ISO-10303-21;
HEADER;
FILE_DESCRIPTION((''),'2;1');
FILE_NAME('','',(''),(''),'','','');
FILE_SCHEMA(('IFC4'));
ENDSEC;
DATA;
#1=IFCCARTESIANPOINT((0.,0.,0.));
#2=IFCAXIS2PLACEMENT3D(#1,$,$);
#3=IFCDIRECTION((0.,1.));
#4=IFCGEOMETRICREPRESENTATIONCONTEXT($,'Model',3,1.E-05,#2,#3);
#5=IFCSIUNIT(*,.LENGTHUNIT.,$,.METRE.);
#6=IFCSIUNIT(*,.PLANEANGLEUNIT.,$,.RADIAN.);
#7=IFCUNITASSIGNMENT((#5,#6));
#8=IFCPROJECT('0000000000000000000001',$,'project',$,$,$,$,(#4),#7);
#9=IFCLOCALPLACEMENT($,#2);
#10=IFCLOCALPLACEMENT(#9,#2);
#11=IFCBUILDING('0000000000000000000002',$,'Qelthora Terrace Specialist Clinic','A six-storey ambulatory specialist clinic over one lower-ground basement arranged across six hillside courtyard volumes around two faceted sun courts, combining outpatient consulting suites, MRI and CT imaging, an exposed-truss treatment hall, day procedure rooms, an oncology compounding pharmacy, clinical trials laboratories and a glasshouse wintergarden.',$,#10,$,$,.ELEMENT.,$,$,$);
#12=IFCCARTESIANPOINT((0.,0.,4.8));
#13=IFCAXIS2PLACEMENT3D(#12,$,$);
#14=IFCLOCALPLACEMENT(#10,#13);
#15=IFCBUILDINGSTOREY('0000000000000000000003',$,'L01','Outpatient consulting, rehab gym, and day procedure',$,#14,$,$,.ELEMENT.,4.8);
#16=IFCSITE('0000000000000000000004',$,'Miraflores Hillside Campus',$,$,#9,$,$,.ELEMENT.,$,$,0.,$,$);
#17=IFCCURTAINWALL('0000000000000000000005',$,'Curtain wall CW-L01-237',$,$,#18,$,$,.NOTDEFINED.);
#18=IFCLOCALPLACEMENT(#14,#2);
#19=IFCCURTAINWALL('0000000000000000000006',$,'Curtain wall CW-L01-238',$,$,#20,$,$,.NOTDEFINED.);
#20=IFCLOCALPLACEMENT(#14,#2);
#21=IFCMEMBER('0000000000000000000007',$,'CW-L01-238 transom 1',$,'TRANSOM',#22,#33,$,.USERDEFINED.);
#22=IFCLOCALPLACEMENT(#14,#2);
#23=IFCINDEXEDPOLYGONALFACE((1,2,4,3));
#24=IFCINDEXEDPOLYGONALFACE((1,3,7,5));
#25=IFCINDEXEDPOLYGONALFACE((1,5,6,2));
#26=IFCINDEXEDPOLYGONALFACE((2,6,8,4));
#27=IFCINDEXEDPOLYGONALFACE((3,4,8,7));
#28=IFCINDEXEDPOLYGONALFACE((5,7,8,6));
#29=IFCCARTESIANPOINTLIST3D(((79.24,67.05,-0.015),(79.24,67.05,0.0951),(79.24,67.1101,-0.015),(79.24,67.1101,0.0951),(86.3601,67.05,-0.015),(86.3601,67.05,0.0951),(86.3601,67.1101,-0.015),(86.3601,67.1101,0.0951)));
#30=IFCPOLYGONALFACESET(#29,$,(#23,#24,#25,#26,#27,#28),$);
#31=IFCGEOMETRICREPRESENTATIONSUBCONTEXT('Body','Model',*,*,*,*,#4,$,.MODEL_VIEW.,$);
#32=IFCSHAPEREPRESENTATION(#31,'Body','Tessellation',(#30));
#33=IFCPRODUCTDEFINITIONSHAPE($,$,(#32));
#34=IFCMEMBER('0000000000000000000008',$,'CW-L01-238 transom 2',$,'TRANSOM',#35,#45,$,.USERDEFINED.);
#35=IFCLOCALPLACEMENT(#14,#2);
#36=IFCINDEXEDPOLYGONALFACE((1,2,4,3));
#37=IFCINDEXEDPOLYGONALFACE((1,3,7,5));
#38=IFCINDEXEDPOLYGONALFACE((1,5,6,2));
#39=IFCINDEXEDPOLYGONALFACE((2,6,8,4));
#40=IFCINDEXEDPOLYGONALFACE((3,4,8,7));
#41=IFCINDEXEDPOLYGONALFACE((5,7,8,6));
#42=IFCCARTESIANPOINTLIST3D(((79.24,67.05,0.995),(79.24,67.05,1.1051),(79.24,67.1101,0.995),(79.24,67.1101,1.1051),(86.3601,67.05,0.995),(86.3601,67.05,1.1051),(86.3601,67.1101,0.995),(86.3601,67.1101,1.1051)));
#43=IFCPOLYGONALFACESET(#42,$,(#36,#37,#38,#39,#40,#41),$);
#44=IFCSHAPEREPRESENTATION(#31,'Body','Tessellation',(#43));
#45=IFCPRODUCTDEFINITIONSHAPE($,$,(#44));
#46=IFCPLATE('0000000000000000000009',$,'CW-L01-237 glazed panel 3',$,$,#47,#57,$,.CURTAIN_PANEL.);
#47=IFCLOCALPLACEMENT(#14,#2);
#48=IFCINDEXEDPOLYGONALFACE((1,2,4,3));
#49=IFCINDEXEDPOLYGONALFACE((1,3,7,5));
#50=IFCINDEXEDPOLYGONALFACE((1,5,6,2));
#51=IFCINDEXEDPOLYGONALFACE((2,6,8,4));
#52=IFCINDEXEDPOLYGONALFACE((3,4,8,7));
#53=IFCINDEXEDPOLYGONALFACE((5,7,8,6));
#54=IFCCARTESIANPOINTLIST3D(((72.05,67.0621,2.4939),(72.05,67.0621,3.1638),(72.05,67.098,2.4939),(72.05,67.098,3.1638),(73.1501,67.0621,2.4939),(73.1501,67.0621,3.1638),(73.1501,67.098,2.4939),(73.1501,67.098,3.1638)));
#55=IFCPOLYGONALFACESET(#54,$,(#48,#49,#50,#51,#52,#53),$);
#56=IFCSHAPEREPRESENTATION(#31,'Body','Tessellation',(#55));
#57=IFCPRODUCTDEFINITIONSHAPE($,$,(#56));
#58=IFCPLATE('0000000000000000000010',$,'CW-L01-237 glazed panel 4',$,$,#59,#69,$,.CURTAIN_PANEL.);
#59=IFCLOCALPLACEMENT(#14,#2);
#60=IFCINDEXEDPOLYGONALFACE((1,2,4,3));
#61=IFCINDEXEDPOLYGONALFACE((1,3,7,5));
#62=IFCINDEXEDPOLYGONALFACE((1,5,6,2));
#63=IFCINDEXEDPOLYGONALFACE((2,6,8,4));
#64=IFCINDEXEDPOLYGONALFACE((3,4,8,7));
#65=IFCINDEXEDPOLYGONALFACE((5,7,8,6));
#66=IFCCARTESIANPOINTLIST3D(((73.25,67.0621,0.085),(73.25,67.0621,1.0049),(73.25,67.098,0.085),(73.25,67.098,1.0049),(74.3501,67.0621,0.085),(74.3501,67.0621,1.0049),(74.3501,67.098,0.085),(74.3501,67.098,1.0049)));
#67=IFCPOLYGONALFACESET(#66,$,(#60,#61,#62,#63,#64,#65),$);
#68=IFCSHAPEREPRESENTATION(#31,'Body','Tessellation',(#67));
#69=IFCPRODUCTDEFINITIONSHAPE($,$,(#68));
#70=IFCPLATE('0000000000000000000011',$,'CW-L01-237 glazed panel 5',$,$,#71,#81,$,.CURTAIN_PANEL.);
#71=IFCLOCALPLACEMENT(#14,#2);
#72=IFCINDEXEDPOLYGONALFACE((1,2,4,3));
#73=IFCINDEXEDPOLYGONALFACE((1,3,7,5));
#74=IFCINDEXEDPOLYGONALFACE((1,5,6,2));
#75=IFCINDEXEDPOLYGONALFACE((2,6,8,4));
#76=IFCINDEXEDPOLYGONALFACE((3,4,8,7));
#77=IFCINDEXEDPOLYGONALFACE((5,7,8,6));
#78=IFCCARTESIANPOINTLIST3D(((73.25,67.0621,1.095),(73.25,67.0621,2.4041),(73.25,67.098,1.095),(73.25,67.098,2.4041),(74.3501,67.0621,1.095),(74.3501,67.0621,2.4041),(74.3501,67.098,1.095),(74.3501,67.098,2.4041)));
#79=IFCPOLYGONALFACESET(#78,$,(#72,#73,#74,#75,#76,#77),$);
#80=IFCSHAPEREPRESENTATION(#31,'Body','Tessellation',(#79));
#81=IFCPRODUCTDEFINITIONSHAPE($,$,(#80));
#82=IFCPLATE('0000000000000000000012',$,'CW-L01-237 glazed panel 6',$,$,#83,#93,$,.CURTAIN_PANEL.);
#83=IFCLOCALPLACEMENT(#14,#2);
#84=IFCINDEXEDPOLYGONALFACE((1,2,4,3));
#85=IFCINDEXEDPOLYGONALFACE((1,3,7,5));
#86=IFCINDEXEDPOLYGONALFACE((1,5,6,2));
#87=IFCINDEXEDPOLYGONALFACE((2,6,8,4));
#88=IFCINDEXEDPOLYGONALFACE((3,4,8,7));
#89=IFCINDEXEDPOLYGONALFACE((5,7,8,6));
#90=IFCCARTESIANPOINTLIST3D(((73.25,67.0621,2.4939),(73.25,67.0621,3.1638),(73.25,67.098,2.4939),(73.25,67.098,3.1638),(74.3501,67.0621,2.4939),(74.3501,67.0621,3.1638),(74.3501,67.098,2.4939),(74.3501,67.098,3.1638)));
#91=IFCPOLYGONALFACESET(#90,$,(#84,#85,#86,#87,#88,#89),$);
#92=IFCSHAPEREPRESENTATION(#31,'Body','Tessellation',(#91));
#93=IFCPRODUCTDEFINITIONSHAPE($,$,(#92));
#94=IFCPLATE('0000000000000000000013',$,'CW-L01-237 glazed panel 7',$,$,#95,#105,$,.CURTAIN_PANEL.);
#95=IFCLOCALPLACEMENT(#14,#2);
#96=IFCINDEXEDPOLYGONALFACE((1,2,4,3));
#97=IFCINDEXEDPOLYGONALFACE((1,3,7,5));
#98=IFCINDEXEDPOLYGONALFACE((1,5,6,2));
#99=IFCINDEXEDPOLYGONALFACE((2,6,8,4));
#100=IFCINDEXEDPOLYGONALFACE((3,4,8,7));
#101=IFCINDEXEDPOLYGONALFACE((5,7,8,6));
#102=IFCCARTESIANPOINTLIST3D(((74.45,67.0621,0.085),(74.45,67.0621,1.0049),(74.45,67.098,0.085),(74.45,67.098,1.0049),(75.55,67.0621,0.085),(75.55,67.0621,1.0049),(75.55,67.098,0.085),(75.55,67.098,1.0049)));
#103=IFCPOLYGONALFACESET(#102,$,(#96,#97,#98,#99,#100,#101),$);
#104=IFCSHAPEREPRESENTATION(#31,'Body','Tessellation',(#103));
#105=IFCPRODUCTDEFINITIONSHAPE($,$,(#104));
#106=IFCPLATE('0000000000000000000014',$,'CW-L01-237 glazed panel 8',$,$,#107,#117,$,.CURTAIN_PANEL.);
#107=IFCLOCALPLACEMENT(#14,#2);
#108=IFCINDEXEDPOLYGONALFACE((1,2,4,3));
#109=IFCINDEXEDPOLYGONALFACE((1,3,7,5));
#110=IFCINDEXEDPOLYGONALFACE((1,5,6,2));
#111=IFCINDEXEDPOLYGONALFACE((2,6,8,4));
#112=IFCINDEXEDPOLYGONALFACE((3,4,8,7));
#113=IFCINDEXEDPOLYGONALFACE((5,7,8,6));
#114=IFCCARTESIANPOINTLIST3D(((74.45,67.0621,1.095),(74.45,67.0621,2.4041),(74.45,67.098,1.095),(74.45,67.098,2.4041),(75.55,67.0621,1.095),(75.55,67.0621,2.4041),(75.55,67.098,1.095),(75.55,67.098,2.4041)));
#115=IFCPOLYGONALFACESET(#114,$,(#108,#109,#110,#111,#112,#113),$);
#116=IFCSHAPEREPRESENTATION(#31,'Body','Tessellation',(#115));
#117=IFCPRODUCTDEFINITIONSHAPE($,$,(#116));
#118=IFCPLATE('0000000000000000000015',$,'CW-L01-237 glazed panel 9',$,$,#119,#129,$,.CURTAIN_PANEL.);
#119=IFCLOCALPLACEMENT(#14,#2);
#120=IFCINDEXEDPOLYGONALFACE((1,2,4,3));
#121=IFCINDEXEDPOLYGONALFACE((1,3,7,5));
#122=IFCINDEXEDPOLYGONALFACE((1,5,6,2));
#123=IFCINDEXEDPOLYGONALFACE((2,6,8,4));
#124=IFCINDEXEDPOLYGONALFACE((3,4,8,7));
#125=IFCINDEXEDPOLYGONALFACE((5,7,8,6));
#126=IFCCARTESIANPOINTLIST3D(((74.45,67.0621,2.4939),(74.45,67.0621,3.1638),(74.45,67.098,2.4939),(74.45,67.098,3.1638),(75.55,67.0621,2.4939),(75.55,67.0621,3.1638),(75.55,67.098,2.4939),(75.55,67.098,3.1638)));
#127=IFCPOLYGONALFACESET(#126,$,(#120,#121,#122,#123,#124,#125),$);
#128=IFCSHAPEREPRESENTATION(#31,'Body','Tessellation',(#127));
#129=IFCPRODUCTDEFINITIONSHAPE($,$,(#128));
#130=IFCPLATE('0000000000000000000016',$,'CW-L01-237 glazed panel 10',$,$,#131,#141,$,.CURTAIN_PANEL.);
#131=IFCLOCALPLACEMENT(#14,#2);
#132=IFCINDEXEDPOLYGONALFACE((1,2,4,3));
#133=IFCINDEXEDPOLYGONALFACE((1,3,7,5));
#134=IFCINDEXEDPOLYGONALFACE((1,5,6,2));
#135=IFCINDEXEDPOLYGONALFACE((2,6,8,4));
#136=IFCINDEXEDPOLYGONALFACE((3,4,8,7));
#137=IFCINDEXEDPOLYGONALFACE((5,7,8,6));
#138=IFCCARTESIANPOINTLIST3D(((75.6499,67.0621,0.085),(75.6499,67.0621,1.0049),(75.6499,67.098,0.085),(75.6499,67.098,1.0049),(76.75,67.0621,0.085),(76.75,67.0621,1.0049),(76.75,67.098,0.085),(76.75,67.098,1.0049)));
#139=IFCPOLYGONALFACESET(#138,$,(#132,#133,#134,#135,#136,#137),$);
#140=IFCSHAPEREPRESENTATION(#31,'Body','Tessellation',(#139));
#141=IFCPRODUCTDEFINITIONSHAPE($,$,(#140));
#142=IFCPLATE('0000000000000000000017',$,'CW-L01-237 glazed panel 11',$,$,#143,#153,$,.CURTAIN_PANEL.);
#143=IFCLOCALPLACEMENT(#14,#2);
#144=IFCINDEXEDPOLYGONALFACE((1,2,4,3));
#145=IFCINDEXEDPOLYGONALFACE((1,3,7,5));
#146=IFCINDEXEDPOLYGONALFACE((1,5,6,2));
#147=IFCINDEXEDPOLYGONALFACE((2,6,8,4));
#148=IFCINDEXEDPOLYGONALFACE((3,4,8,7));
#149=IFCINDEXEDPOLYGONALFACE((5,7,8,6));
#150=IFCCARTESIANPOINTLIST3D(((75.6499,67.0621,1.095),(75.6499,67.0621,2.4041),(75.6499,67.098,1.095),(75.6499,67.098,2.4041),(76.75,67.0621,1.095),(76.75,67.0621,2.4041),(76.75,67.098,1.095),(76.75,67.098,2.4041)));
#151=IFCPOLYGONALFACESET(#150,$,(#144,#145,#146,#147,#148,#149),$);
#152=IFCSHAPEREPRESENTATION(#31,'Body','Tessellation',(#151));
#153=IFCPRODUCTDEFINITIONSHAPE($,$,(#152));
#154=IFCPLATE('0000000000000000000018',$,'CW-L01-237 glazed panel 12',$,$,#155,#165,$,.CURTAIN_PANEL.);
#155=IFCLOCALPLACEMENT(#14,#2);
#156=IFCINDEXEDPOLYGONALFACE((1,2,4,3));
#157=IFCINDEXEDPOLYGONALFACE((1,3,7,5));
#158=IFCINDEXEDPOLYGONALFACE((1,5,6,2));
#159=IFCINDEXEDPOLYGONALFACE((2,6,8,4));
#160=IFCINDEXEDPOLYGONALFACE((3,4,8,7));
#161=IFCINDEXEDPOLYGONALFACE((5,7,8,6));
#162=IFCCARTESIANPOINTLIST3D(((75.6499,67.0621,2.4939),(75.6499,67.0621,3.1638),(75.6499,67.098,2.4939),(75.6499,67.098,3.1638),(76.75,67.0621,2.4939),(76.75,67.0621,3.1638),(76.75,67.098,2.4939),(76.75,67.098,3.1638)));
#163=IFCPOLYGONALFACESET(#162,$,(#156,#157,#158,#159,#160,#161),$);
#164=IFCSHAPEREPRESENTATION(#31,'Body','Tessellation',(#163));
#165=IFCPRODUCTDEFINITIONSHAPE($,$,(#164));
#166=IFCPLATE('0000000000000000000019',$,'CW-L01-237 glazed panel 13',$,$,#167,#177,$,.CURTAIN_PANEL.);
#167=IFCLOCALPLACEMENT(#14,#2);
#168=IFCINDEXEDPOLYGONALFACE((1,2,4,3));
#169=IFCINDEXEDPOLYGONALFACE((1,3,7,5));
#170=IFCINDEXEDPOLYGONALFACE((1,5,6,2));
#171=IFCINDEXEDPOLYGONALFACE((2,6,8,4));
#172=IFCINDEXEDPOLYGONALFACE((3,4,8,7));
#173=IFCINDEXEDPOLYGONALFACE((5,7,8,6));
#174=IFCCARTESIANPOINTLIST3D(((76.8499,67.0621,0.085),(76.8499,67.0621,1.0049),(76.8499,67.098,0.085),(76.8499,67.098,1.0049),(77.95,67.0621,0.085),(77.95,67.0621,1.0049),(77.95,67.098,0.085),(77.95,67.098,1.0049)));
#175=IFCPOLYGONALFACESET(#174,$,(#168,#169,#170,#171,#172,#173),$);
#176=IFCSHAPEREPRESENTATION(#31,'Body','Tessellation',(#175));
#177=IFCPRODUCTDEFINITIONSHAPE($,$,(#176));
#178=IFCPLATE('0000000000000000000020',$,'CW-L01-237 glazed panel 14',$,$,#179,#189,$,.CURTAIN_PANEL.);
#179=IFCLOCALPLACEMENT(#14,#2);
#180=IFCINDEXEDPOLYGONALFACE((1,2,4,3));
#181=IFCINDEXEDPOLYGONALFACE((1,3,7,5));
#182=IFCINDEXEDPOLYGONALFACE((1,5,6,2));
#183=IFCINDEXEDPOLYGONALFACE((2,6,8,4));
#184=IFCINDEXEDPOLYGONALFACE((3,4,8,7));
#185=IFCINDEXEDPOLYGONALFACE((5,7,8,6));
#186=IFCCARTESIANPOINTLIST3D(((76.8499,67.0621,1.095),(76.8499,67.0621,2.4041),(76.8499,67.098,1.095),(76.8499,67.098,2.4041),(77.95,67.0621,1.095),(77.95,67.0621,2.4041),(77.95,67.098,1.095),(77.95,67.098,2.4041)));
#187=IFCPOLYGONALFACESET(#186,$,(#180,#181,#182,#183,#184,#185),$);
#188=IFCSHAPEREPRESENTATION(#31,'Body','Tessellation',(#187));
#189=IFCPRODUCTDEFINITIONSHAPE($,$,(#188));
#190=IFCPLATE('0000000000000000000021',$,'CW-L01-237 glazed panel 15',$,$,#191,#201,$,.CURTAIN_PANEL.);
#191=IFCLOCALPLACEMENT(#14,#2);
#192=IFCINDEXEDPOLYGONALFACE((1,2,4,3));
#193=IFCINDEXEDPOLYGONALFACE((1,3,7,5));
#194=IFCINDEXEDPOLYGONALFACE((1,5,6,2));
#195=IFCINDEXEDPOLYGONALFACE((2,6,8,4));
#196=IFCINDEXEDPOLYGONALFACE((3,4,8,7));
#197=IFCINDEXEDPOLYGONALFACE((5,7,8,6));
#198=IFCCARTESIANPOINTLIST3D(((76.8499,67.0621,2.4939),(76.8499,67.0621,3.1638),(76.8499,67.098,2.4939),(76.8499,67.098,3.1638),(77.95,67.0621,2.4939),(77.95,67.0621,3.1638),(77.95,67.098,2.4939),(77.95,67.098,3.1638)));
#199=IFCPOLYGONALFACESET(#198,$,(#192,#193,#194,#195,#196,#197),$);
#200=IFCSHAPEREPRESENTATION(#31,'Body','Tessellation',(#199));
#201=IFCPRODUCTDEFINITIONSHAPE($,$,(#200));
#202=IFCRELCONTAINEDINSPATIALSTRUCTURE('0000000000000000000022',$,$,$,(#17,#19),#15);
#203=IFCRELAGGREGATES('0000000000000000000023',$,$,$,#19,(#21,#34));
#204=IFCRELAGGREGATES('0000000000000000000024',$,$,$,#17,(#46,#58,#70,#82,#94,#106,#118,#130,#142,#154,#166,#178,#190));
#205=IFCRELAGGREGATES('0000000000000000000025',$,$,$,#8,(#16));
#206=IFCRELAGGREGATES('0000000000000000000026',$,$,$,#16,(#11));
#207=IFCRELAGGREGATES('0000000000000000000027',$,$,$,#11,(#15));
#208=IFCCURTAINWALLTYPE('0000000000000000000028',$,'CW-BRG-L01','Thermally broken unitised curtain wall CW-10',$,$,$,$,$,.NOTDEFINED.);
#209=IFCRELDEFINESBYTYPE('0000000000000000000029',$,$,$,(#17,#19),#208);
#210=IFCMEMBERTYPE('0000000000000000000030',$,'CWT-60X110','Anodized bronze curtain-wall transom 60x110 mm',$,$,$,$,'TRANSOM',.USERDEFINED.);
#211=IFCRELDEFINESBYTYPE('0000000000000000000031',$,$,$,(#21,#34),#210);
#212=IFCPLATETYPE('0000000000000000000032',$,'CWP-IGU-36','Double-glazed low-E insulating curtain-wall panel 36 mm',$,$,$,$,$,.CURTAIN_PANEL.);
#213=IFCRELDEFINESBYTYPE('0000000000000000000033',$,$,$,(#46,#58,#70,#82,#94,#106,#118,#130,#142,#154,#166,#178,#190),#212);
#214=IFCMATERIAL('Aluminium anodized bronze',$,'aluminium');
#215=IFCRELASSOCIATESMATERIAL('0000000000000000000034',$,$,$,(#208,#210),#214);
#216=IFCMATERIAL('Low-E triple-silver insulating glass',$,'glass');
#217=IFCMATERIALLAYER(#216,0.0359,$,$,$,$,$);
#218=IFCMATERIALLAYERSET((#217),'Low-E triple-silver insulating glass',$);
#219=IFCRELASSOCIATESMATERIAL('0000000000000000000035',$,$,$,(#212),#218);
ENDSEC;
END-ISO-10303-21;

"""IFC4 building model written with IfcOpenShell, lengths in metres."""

from ifc_helpers import new_model, si_unit, direction, frame, origin, origin_2d, place, context, subcontext, project, spatial, rectangle, extrude, material, layer, layer_set, material_profile, profile_set, type_object, element, aggregate, save


model = new_model("IFC4")

# Units and contexts
model_context = context("Model", 3, precision=1e-05, world=origin(), true_north=direction((0.0, 1.0)))
body_context = subcontext(model_context, "Body", "Model", "MODEL_VIEW")
ifc_project = project(units=[si_unit("LENGTHUNIT", "METRE"), si_unit("PLANEANGLEUNIT", "RADIAN")], contexts=[model_context])

# Site, building, storey
site_placement = place(None, origin())
site = spatial("IfcSite", under=ifc_project, at=site_placement, Name="Miraflores Hillside Campus", CompositionType="ELEMENT", RefElevation=0.0)
building_placement = place(site_placement, origin())
building = spatial("IfcBuilding", under=site, at=building_placement, Name="Qelthora Terrace Specialist Clinic", Description="A six-storey ambulatory specialist clinic over one lower-ground basement arranged across six hillside courtyard volumes around two faceted sun courts, combining outpatient consulting suites, MRI and CT imaging, an exposed-truss treatment hall, day procedure rooms, an oncology compounding pharmacy, clinical trials laboratories and a glasshouse wintergarden.", CompositionType="ELEMENT")
storey_placement = place(building_placement, frame((0.0, 0.0, 4.8)))
storey = spatial("IfcBuildingStorey", under=building, at=storey_placement, Name="L01", Description="Outpatient consulting, rehab gym, and day procedure", CompositionType="ELEMENT", Elevation=4.8)

# Curtain walls, members
ifc_material_1 = material(Name="Aluminium anodized bronze", Category="aluminium")
curtain_wall_type = type_object("IfcCurtainWallType", Name="CW-BRG-L01", Description="Thermally broken unitised curtain wall CW-10", PredefinedType="NOTDEFINED", material=ifc_material_1)
curtain_wall_1_placement = place(storey_placement, origin())
curtain_wall_1 = element("IfcCurtainWall", 1, at=curtain_wall_1_placement, inside=storey, type_object=curtain_wall_type, Name="Curtain wall CW-L01-237", PredefinedType="NOTDEFINED")
curtain_wall_2_placement = place(storey_placement, origin())
curtain_wall_2 = element("IfcCurtainWall", 2, at=curtain_wall_2_placement, inside=storey, type_object=curtain_wall_type, Name="Curtain wall CW-L01-238", PredefinedType="NOTDEFINED")
ifc_material_profile_1 = material_profile(ifc_material_1, rectangle(XDim=0.0601, YDim=0.1101, at=origin_2d()), Name="CWT60X110")
ifc_profile_set_1 = profile_set([ifc_material_profile_1], Name="Aluminium anodized bronze")
member_type_1 = type_object("IfcMemberType", Name="CWT-60X110", Description="Anodized bronze curtain-wall transom 60x110 mm", ElementType="TRANSOM", PredefinedType="USERDEFINED", material=ifc_profile_set_1)
member_1_placement = place(storey_placement, frame((79.24, 67.0801, 0.04), z_axis=(1.0, 0.0, 0.0), x_axis=(0.0, 1.0, 0.0)))
member_1 = element("IfcMember", 3, at=member_1_placement, type_object=member_type_1, Name="CW-L01-238 transom 1", ObjectType="TRANSOM", PredefinedType="USERDEFINED", context=body_context, shape_type="SweptSolid", body=[
    extrude(rectangle(XDim=0.0601, YDim=0.1101, at=origin_2d()), origin(), (0.0, 0.0, 1.0), 7.1201),
])
member_2_placement = place(storey_placement, frame((79.24, 67.0801, 1.05), z_axis=(1.0, 0.0, 0.0), x_axis=(0.0, 1.0, 0.0)))
member_2 = element("IfcMember", 4, at=member_2_placement, type_object=member_type_1, Name="CW-L01-238 transom 2", ObjectType="TRANSOM", PredefinedType="USERDEFINED", context=body_context, shape_type="SweptSolid", body=[
    extrude(rectangle(XDim=0.0601, YDim=0.1101, at=origin_2d()), origin(), (0.0, 0.0, 1.0), 7.1201),
])
aggregate(curtain_wall_2, [member_1, member_2])

# Plates
ifc_material_2 = material(Name="Low-E triple-silver insulating glass", Category="glass")
ifc_layer = layer(ifc_material_2, 0.0359)
ifc_layer_set = layer_set([ifc_layer], Name="Low-E triple-silver insulating glass")
plate_type = type_object("IfcPlateType", Name="CWP-IGU-36", Description="Double-glazed low-E insulating curtain-wall panel 36 mm", PredefinedType="CURTAIN_PANEL", material=ifc_layer_set)
plate_1_placement = place(storey_placement, frame((72.6001, 67.0801, 2.4939), z_axis=(0.0, 0.0, 1.0), x_axis=(1.0, 0.0, 0.0)))
plate_1 = element("IfcPlate", 5, at=plate_1_placement, type_object=plate_type, Name="CW-L01-237 glazed panel 3", PredefinedType="CURTAIN_PANEL", context=body_context, shape_type="SweptSolid", body=[
    extrude(rectangle(XDim=1.1001, YDim=0.0359, at=origin_2d()), origin(), (0.0, 0.0, 1.0), 0.6699),
])
plate_2_placement = place(storey_placement, frame((73.8, 67.0801, 0.085), z_axis=(0.0, 0.0, 1.0), x_axis=(1.0, 0.0, 0.0)))
plate_2 = element("IfcPlate", 6, at=plate_2_placement, type_object=plate_type, Name="CW-L01-237 glazed panel 4", PredefinedType="CURTAIN_PANEL", context=body_context, shape_type="SweptSolid", body=[
    extrude(rectangle(XDim=1.1001, YDim=0.0359, at=origin_2d()), origin(), (0.0, 0.0, 1.0), 0.9199),
])
plate_3_placement = place(storey_placement, frame((73.8, 67.0801, 1.095), z_axis=(0.0, 0.0, 1.0), x_axis=(1.0, 0.0, 0.0)))
plate_3 = element("IfcPlate", 7, at=plate_3_placement, type_object=plate_type, Name="CW-L01-237 glazed panel 5", PredefinedType="CURTAIN_PANEL", context=body_context, shape_type="SweptSolid", body=[
    extrude(rectangle(XDim=1.1001, YDim=0.0359, at=origin_2d()), origin(), (0.0, 0.0, 1.0), 1.3091),
])
plate_4_placement = place(storey_placement, frame((73.8, 67.0801, 2.4939), z_axis=(0.0, 0.0, 1.0), x_axis=(1.0, 0.0, 0.0)))
plate_4 = element("IfcPlate", 8, at=plate_4_placement, type_object=plate_type, Name="CW-L01-237 glazed panel 6", PredefinedType="CURTAIN_PANEL", context=body_context, shape_type="SweptSolid", body=[
    extrude(rectangle(XDim=1.1001, YDim=0.0359, at=origin_2d()), origin(), (0.0, 0.0, 1.0), 0.6699),
])
plate_5_placement = place(storey_placement, frame((75.0, 67.0801, 0.085), z_axis=(0.0, 0.0, 1.0), x_axis=(1.0, 0.0, 0.0)))
plate_5 = element("IfcPlate", 9, at=plate_5_placement, type_object=plate_type, Name="CW-L01-237 glazed panel 7", PredefinedType="CURTAIN_PANEL", context=body_context, shape_type="SweptSolid", body=[
    extrude(rectangle(XDim=1.1001, YDim=0.0359, at=origin_2d()), origin(), (0.0, 0.0, 1.0), 0.9199),
])
plate_6_placement = place(storey_placement, frame((75.0, 67.0801, 1.095), z_axis=(0.0, 0.0, 1.0), x_axis=(1.0, 0.0, 0.0)))
plate_6 = element("IfcPlate", 10, at=plate_6_placement, type_object=plate_type, Name="CW-L01-237 glazed panel 8", PredefinedType="CURTAIN_PANEL", context=body_context, shape_type="SweptSolid", body=[
    extrude(rectangle(XDim=1.1001, YDim=0.0359, at=origin_2d()), origin(), (0.0, 0.0, 1.0), 1.3091),
])
plate_7_placement = place(storey_placement, frame((75.0, 67.0801, 2.4939), z_axis=(0.0, 0.0, 1.0), x_axis=(1.0, 0.0, 0.0)))
plate_7 = element("IfcPlate", 11, at=plate_7_placement, type_object=plate_type, Name="CW-L01-237 glazed panel 9", PredefinedType="CURTAIN_PANEL", context=body_context, shape_type="SweptSolid", body=[
    extrude(rectangle(XDim=1.1001, YDim=0.0359, at=origin_2d()), origin(), (0.0, 0.0, 1.0), 0.6699),
])
plate_8_placement = place(storey_placement, frame((76.2, 67.0801, 0.085), z_axis=(0.0, 0.0, 1.0), x_axis=(1.0, 0.0, 0.0)))
plate_8 = element("IfcPlate", 12, at=plate_8_placement, type_object=plate_type, Name="CW-L01-237 glazed panel 10", PredefinedType="CURTAIN_PANEL", context=body_context, shape_type="SweptSolid", body=[
    extrude(rectangle(XDim=1.1001, YDim=0.0359, at=origin_2d()), origin(), (0.0, 0.0, 1.0), 0.9199),
])
plate_9_placement = place(storey_placement, frame((76.2, 67.0801, 1.095), z_axis=(0.0, 0.0, 1.0), x_axis=(1.0, 0.0, 0.0)))
plate_9 = element("IfcPlate", 13, at=plate_9_placement, type_object=plate_type, Name="CW-L01-237 glazed panel 11", PredefinedType="CURTAIN_PANEL", context=body_context, shape_type="SweptSolid", body=[
    extrude(rectangle(XDim=1.1001, YDim=0.0359, at=origin_2d()), origin(), (0.0, 0.0, 1.0), 1.3091),
])
plate_10_placement = place(storey_placement, frame((76.2, 67.0801, 2.4939), z_axis=(0.0, 0.0, 1.0), x_axis=(1.0, 0.0, 0.0)))
plate_10 = element("IfcPlate", 14, at=plate_10_placement, type_object=plate_type, Name="CW-L01-237 glazed panel 12", PredefinedType="CURTAIN_PANEL", context=body_context, shape_type="SweptSolid", body=[
    extrude(rectangle(XDim=1.1001, YDim=0.0359, at=origin_2d()), origin(), (0.0, 0.0, 1.0), 0.6699),
])
plate_11_placement = place(storey_placement, frame((77.3999, 67.0801, 0.085), z_axis=(0.0, 0.0, 1.0), x_axis=(1.0, 0.0, 0.0)))
plate_11 = element("IfcPlate", 15, at=plate_11_placement, type_object=plate_type, Name="CW-L01-237 glazed panel 13", PredefinedType="CURTAIN_PANEL", context=body_context, shape_type="SweptSolid", body=[
    extrude(rectangle(XDim=1.1001, YDim=0.0359, at=origin_2d()), origin(), (0.0, 0.0, 1.0), 0.9199),
])
plate_12_placement = place(storey_placement, frame((77.3999, 67.0801, 1.095), z_axis=(0.0, 0.0, 1.0), x_axis=(1.0, 0.0, 0.0)))
plate_12 = element("IfcPlate", 16, at=plate_12_placement, type_object=plate_type, Name="CW-L01-237 glazed panel 14", PredefinedType="CURTAIN_PANEL", context=body_context, shape_type="SweptSolid", body=[
    extrude(rectangle(XDim=1.1001, YDim=0.0359, at=origin_2d()), origin(), (0.0, 0.0, 1.0), 1.3091),
])
plate_13_placement = place(storey_placement, frame((77.3999, 67.0801, 2.4939), z_axis=(0.0, 0.0, 1.0), x_axis=(1.0, 0.0, 0.0)))
plate_13 = element("IfcPlate", 17, at=plate_13_placement, type_object=plate_type, Name="CW-L01-237 glazed panel 15", PredefinedType="CURTAIN_PANEL", context=body_context, shape_type="SweptSolid", body=[
    extrude(rectangle(XDim=1.1001, YDim=0.0359, at=origin_2d()), origin(), (0.0, 0.0, 1.0), 0.6699),
])
aggregate(curtain_wall_1, [plate_1, plate_2, plate_3, plate_4, plate_5, plate_6, plate_7, plate_8, plate_9, plate_10, plate_11, plate_12, plate_13])

save(model, "model.ifc")
